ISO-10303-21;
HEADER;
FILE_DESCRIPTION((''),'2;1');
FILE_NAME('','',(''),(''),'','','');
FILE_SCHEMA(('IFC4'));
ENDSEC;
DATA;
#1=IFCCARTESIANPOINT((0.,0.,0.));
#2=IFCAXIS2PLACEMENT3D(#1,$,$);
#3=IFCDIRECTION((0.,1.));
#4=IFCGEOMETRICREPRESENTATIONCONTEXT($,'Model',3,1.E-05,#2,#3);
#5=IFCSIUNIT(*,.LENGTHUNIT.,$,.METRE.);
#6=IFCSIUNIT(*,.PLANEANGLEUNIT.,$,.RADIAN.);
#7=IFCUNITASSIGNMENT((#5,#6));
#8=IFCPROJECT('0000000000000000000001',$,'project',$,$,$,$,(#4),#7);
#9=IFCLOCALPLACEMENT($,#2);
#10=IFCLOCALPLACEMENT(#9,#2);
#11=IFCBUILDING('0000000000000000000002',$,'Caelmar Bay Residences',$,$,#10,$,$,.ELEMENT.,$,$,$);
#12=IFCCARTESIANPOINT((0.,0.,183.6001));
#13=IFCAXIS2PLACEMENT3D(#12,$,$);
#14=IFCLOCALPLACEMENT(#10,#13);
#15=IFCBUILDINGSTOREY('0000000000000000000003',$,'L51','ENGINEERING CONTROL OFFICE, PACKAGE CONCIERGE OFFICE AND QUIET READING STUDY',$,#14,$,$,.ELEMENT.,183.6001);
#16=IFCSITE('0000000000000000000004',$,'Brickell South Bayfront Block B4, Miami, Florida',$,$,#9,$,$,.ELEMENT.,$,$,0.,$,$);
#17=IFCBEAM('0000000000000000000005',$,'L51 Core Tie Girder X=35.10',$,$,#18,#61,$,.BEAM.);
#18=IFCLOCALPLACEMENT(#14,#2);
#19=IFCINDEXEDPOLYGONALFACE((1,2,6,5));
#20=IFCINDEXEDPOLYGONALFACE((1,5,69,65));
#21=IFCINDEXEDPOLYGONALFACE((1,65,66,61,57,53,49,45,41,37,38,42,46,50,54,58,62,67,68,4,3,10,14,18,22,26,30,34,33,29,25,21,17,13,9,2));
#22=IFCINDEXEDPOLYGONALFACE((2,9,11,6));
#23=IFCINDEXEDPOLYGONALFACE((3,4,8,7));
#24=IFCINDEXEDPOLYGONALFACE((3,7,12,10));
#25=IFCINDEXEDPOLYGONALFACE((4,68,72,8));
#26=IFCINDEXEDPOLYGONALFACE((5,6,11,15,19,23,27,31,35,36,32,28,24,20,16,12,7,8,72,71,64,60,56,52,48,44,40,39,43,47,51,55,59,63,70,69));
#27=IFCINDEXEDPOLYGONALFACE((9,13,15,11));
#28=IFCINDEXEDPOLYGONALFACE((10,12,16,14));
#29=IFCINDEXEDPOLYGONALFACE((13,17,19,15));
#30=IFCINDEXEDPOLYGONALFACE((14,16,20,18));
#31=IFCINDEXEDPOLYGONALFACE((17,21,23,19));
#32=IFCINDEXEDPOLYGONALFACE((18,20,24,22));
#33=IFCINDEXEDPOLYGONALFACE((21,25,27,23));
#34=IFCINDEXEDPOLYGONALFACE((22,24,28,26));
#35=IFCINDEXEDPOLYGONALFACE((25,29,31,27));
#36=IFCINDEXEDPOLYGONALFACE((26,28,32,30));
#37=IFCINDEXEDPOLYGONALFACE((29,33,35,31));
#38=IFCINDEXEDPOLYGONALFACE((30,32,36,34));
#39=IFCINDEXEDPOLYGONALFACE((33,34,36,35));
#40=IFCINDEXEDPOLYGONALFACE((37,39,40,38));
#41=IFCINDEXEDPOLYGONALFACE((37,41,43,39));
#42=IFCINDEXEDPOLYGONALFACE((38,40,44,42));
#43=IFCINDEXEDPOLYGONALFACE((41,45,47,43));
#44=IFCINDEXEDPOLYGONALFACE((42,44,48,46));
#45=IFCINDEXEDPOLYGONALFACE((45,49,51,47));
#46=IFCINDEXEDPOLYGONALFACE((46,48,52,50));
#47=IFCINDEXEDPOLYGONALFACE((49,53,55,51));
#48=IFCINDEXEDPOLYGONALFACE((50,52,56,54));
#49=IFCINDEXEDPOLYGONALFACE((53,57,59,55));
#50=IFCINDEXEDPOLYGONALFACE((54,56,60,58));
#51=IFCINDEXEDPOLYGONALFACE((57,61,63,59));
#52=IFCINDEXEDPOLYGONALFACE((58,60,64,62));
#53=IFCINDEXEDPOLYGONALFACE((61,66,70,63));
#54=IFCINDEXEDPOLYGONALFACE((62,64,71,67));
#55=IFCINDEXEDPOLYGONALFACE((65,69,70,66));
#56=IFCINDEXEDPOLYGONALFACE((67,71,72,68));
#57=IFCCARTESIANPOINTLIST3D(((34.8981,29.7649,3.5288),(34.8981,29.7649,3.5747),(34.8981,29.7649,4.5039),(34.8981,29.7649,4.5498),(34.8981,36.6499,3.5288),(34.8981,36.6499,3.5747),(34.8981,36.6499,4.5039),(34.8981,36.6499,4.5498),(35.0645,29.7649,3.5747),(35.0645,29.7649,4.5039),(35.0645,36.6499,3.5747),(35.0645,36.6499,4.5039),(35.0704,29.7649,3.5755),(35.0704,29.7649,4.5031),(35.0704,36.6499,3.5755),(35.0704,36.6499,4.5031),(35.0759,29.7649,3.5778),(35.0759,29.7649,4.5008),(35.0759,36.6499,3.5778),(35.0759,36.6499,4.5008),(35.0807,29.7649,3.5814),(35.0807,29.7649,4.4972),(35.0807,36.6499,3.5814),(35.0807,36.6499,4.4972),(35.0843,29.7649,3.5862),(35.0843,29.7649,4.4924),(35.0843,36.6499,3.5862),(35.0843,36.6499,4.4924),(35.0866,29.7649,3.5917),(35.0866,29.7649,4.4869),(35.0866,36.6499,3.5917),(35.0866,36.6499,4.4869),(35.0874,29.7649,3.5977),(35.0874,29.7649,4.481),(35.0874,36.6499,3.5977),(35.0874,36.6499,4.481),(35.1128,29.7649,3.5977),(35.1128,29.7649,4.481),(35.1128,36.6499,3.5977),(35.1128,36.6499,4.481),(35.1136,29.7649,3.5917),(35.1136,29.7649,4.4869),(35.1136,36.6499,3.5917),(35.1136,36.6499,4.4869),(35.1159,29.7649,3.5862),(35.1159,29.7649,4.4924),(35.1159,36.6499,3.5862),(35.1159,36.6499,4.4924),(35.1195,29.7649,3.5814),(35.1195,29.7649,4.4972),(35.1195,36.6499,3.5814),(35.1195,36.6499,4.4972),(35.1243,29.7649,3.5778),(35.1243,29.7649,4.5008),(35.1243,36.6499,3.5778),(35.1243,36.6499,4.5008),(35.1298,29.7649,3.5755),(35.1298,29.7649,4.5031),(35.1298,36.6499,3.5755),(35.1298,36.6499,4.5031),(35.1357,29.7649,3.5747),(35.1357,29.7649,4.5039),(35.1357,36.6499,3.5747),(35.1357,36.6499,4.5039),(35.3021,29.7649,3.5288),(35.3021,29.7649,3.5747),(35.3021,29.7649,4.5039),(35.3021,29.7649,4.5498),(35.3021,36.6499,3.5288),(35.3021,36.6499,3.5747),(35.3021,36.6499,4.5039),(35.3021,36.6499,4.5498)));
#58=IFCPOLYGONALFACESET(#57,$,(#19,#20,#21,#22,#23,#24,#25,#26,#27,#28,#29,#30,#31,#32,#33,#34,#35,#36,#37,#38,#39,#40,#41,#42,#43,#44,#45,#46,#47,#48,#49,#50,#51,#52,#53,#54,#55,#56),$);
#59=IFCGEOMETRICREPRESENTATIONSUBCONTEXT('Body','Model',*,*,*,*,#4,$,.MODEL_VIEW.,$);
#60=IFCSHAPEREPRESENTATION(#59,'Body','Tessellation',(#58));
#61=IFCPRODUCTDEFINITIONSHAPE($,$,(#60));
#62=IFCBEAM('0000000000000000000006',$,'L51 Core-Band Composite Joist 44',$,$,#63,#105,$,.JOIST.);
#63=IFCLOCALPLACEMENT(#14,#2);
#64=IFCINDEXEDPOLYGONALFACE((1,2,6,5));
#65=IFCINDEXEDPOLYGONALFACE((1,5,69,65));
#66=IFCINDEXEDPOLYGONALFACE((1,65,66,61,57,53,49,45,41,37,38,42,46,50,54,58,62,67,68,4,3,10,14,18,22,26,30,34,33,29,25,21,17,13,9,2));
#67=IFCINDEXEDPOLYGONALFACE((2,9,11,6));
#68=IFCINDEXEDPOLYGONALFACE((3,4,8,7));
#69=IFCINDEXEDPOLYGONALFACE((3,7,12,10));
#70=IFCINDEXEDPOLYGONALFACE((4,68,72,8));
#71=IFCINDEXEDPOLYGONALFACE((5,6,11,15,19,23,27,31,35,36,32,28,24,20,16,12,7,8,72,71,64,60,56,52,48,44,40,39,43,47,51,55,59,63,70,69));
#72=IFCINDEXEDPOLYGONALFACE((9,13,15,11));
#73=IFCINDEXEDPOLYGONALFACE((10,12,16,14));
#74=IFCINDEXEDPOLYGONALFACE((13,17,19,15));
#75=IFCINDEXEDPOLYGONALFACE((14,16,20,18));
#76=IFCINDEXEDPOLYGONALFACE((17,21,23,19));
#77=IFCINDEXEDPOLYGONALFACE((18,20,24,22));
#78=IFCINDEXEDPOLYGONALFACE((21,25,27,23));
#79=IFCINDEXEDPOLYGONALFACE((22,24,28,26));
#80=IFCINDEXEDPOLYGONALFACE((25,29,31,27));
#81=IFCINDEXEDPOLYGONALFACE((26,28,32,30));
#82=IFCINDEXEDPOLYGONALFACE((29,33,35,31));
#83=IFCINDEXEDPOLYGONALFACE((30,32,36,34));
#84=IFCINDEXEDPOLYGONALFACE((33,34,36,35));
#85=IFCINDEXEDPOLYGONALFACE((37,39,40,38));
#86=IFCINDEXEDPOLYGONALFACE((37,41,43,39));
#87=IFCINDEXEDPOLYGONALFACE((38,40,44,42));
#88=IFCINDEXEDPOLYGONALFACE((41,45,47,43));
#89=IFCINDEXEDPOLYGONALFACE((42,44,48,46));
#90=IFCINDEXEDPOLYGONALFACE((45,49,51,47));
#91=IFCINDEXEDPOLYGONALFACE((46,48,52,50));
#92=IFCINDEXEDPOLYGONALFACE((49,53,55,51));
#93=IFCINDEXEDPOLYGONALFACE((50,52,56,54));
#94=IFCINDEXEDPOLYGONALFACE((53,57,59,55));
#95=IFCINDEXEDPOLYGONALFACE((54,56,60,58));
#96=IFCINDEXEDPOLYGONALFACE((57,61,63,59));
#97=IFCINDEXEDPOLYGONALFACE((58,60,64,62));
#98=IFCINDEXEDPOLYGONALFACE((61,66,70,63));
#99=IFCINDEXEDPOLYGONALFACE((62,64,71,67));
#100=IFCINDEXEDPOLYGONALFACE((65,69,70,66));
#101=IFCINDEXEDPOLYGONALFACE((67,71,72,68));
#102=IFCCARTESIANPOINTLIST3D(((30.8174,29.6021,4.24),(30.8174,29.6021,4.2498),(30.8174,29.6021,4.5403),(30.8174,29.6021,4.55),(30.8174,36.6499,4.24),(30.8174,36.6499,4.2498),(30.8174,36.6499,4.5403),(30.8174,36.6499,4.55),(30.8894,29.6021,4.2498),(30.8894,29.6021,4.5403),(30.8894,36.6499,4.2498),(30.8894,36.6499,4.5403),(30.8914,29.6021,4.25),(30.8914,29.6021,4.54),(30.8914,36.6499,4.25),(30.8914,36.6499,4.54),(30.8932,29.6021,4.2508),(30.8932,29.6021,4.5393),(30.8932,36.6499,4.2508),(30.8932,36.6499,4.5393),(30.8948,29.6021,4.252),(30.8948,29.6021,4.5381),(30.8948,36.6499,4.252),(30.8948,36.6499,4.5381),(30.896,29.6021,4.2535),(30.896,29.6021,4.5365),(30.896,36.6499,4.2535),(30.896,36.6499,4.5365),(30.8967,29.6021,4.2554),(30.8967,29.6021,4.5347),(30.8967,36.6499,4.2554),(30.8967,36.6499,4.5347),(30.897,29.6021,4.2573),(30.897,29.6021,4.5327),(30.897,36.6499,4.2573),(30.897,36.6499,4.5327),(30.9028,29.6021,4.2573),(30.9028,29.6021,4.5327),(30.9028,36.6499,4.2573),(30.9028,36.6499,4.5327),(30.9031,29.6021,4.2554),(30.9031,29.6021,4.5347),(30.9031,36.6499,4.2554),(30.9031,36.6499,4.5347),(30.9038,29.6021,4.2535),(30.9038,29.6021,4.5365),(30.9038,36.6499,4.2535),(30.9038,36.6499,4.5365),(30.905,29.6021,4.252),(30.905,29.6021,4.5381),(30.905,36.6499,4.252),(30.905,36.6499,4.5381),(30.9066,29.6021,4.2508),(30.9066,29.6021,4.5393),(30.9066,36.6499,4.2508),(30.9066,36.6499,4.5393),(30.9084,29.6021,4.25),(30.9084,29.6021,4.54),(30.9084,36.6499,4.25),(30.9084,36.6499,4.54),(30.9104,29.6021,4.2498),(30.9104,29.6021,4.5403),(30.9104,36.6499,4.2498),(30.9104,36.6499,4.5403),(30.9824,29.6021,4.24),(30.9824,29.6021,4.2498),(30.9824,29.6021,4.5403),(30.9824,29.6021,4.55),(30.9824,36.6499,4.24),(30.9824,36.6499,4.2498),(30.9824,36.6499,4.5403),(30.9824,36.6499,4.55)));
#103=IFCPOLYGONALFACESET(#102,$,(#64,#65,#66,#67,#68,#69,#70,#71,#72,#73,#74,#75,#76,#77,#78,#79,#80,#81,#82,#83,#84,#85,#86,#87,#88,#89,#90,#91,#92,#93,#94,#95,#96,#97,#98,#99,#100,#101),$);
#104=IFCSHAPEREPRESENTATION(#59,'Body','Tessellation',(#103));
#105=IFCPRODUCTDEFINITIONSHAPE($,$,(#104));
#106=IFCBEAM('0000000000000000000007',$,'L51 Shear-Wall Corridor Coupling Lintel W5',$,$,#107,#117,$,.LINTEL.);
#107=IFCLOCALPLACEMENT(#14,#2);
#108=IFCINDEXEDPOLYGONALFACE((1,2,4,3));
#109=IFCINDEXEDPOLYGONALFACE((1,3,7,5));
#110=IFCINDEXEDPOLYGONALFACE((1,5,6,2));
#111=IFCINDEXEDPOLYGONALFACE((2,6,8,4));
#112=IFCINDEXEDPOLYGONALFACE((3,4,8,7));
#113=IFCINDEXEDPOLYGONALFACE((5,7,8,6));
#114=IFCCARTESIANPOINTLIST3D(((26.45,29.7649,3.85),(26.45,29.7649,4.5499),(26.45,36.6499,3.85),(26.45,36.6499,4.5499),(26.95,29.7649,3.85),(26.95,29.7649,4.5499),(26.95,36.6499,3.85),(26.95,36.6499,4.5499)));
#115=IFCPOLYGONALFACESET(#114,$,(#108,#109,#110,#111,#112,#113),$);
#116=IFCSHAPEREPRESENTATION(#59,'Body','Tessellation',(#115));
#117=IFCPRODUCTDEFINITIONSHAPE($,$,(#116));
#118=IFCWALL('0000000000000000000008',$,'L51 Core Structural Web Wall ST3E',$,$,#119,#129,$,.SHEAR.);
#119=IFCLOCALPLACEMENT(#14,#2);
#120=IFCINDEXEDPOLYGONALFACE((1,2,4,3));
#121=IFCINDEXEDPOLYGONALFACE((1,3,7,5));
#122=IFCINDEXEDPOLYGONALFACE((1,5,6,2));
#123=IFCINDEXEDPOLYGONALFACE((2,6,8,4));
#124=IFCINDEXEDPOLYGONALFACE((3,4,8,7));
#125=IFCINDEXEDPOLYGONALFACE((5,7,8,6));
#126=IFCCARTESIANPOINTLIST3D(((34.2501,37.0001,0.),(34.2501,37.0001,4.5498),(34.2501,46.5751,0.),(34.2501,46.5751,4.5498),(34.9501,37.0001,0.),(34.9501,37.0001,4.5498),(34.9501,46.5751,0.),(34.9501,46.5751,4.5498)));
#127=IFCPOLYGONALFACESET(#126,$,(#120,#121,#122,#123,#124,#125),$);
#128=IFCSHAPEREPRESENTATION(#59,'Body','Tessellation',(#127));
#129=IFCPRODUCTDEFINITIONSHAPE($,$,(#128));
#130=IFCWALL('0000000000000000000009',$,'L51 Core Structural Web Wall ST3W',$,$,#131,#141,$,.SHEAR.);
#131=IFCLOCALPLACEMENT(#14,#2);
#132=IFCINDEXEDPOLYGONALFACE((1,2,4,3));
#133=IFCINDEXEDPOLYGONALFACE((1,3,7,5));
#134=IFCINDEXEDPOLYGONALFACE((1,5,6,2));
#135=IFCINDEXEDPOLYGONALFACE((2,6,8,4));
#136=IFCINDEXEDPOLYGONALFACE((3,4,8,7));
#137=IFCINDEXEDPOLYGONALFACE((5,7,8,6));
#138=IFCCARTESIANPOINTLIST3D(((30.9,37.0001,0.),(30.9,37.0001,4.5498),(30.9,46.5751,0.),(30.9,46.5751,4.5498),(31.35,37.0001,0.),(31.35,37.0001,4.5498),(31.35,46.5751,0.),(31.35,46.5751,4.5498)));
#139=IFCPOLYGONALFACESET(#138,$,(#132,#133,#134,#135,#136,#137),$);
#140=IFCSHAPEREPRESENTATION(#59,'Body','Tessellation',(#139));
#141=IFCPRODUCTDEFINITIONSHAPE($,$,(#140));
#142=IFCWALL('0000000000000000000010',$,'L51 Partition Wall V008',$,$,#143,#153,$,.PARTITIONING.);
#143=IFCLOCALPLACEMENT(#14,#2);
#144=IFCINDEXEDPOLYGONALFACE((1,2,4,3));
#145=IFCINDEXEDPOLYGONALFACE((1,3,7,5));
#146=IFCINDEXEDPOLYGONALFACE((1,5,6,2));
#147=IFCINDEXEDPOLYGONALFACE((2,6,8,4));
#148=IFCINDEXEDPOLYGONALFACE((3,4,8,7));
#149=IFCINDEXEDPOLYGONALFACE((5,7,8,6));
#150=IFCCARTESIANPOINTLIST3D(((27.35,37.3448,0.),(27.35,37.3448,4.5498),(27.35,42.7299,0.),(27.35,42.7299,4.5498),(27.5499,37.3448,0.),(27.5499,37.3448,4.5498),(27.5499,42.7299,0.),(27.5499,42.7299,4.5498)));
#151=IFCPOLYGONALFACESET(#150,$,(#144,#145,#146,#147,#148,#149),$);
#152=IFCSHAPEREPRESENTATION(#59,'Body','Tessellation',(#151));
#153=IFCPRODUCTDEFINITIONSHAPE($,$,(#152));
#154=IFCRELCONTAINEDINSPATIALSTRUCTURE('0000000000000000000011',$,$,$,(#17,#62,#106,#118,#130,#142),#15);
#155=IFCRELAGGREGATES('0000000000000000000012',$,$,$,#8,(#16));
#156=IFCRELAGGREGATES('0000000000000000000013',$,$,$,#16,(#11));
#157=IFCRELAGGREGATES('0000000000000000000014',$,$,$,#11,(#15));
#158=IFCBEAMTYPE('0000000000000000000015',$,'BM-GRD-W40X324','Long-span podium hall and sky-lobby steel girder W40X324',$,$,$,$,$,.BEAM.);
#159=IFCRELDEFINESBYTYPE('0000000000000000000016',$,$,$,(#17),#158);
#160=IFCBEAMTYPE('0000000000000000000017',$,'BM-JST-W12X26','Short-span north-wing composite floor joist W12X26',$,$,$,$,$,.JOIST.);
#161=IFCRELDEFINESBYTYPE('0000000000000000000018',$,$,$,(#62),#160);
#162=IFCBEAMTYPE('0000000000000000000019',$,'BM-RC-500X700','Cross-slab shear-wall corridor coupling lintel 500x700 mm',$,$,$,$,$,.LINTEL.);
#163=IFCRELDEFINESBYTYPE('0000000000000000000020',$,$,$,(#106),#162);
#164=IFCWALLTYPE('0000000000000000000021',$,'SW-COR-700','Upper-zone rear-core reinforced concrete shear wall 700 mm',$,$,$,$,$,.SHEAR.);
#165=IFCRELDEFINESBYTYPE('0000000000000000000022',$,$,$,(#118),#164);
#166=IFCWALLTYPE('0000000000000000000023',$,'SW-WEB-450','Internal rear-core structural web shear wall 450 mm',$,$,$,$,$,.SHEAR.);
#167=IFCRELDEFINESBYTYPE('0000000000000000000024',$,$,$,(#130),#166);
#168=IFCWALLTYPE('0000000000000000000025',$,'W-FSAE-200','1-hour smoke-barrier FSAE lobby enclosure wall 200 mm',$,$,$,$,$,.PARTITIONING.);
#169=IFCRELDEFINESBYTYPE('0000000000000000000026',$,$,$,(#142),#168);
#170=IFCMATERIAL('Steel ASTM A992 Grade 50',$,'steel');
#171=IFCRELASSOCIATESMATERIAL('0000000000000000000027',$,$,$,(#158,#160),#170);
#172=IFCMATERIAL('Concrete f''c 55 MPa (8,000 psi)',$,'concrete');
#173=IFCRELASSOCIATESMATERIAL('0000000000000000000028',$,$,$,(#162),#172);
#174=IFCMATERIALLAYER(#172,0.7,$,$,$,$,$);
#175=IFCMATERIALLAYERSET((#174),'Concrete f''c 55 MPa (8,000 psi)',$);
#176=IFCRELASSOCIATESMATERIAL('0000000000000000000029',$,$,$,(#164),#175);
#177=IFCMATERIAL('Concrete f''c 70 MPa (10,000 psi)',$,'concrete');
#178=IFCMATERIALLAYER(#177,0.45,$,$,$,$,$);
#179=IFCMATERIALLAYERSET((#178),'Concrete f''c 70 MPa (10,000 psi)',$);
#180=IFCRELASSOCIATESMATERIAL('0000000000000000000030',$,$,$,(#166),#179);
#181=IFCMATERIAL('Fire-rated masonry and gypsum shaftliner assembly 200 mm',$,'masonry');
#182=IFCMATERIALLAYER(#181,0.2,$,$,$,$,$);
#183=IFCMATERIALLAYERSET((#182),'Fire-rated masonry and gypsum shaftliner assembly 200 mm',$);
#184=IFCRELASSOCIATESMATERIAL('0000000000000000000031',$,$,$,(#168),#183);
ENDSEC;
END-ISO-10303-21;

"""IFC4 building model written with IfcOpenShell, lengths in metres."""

from ifc_helpers import new_model, si_unit, direction, frame, frame_2d, origin, origin_2d, place, context, subcontext, project, spatial, rectangle, i_section, extrude, material, layer, layer_set, material_profile, profile_set, type_object, element, save


model = new_model("IFC4")

# Units and contexts
model_context = context("Model", 3, precision=1e-05, world=origin(), true_north=direction((0.0, 1.0)))
body_context = subcontext(model_context, "Body", "Model", "MODEL_VIEW")
ifc_project = project(units=[si_unit("LENGTHUNIT", "METRE"), si_unit("PLANEANGLEUNIT", "RADIAN")], contexts=[model_context])

# Site, building, storey
site_placement = place(None, origin())
site = spatial("IfcSite", under=ifc_project, at=site_placement, Name="Brickell South Bayfront Block B4, Miami, Florida", CompositionType="ELEMENT", RefElevation=0.0)
building_placement = place(site_placement, origin())
building = spatial("IfcBuilding", under=site, at=building_placement, Name="Caelmar Bay Residences", CompositionType="ELEMENT")
storey_placement = place(building_placement, frame((0.0, 0.0, 183.6001)))
storey = spatial("IfcBuildingStorey", under=building, at=storey_placement, Name="L51", Description="ENGINEERING CONTROL OFFICE, PACKAGE CONCIERGE OFFICE AND QUIET READING STUDY", CompositionType="ELEMENT", Elevation=183.6001)

# Beams
ifc_material_1 = material(Name="Steel ASTM A992 Grade 50", Category="steel")
ifc_material_profile_1 = material_profile(ifc_material_1, i_section(OverallWidth=0.4041, OverallDepth=1.021, WebThickness=0.0254, FlangeThickness=0.0459, FilletRadius=0.0229, at=origin_2d()), Name="W40X324")
ifc_profile_set_1 = profile_set([ifc_material_profile_1], Name="Steel ASTM A992 Grade 50")
beam_type_1 = type_object("IfcBeamType", Name="BM-GRD-W40X324", Description="Long-span podium hall and sky-lobby steel girder W40X324", PredefinedType="BEAM", material=ifc_profile_set_1)
beam_1_placement = place(storey_placement, frame((35.1001, 29.7649, 4.0393), z_axis=(0.0, 1.0, 0.0), x_axis=(-1.0, 0.0, 0.0)))
element("IfcBeam", 1, at=beam_1_placement, inside=storey, type_object=beam_type_1, Name="L51 Core Tie Girder X=35.10", PredefinedType="BEAM", context=body_context, shape_type="SweptSolid", body=[
    extrude(i_section(OverallWidth=0.4041, OverallDepth=1.021, WebThickness=0.0254, FlangeThickness=0.0459, FilletRadius=0.0229, at=origin_2d()), origin(), (0.0, 0.0, 1.0), 6.885),
])
ifc_material_profile_2 = material_profile(ifc_material_1, i_section(OverallWidth=0.165, OverallDepth=0.3101, WebThickness=0.0059, FlangeThickness=0.0098, FilletRadius=0.0076, at=origin_2d()), Name="W12X26")
ifc_profile_set_2 = profile_set([ifc_material_profile_2], Name="Steel ASTM A992 Grade 50")
beam_type_2 = type_object("IfcBeamType", Name="BM-JST-W12X26", Description="Short-span north-wing composite floor joist W12X26", PredefinedType="JOIST", material=ifc_profile_set_2)
beam_2_placement = place(storey_placement, frame((30.8999, 29.6021, 4.395), z_axis=(0.0, 1.0, 0.0), x_axis=(-1.0, 0.0, 0.0)))
element("IfcBeam", 2, at=beam_2_placement, inside=storey, type_object=beam_type_2, Name="L51 Core-Band Composite Joist 44", PredefinedType="JOIST", context=body_context, shape_type="SweptSolid", body=[
    extrude(i_section(OverallWidth=0.165, OverallDepth=0.3101, WebThickness=0.0059, FlangeThickness=0.0098, FilletRadius=0.0076, at=origin_2d()), origin(), (0.0, 0.0, 1.0), 7.0479),
])
ifc_material_2 = material(Name="Concrete f'c 55 MPa (8,000 psi)", Category="concrete")
ifc_material_profile_3 = material_profile(ifc_material_2, rectangle(XDim=0.5, YDim=0.7, at=origin_2d()), Name="RC-BM-500X700")
ifc_profile_set_3 = profile_set([ifc_material_profile_3], Name="Concrete f'c 55 MPa (8,000 psi)")
beam_type_3 = type_object("IfcBeamType", Name="BM-RC-500X700", Description="Cross-slab shear-wall corridor coupling lintel 500x700 mm", PredefinedType="LINTEL", material=ifc_profile_set_3)
beam_3_placement = place(storey_placement, frame((26.7, 29.7649, 4.2), z_axis=(0.0, 1.0, 0.0), x_axis=(-1.0, 0.0, 0.0)))
element("IfcBeam", 3, at=beam_3_placement, inside=storey, type_object=beam_type_3, Name="L51 Shear-Wall Corridor Coupling Lintel W5", PredefinedType="LINTEL", context=body_context, shape_type="SweptSolid", body=[
    extrude(rectangle(XDim=0.5, YDim=0.7, at=origin_2d()), origin(), (0.0, 0.0, 1.0), 6.885),
])

# Shared definitions
ifc_layer_1 = layer(ifc_material_2, 0.7)
ifc_layer_set_1 = layer_set([ifc_layer_1], Name="Concrete f'c 55 MPa (8,000 psi)")
wall_type_1 = type_object("IfcWallType", Name="SW-COR-700", Description="Upper-zone rear-core reinforced concrete shear wall 700 mm", PredefinedType="SHEAR", material=ifc_layer_set_1)

# Walls
wall_1_placement = place(storey_placement, frame((34.6001, 37.0, 0.0), z_axis=(0.0, 0.0, 1.0), x_axis=(0.0, 1.0, 0.0)))
element("IfcWall", 4, at=wall_1_placement, inside=storey, type_object=wall_type_1, Name="L51 Core Structural Web Wall ST3E", PredefinedType="SHEAR", context=body_context, shape_type="SweptSolid", body=[
    extrude(rectangle(XDim=9.575, YDim=0.7, at=frame_2d((4.7876, 0.0))), origin(), (0.0, 0.0, 1.0), 4.5498),
])
ifc_material_3 = material(Name="Concrete f'c 70 MPa (10,000 psi)", Category="concrete")
ifc_layer_2 = layer(ifc_material_3, 0.45)
ifc_layer_set_2 = layer_set([ifc_layer_2], Name="Concrete f'c 70 MPa (10,000 psi)")
wall_type_2 = type_object("IfcWallType", Name="SW-WEB-450", Description="Internal rear-core structural web shear wall 450 mm", PredefinedType="SHEAR", material=ifc_layer_set_2)
wall_2_placement = place(storey_placement, frame((31.125, 37.0, 0.0), z_axis=(0.0, 0.0, 1.0), x_axis=(0.0, 1.0, 0.0)))
element("IfcWall", 5, at=wall_2_placement, inside=storey, type_object=wall_type_2, Name="L51 Core Structural Web Wall ST3W", PredefinedType="SHEAR", context=body_context, shape_type="SweptSolid", body=[
    extrude(rectangle(XDim=9.575, YDim=0.45, at=frame_2d((4.7876, 0.0))), origin(), (0.0, 0.0, 1.0), 4.5498),
])
ifc_material_4 = material(Name="Fire-rated masonry and gypsum shaftliner assembly 200 mm", Category="masonry")
ifc_layer_3 = layer(ifc_material_4, 0.2)
ifc_layer_set_3 = layer_set([ifc_layer_3], Name="Fire-rated masonry and gypsum shaftliner assembly 200 mm")
wall_type_3 = type_object("IfcWallType", Name="W-FSAE-200", Description="1-hour smoke-barrier FSAE lobby enclosure wall 200 mm", PredefinedType="PARTITIONING", material=ifc_layer_set_3)
wall_3_placement = place(storey_placement, frame((27.45, 37.345, 0.0), z_axis=(0.0, 0.0, 1.0), x_axis=(0.0, 1.0, 0.0)))
element("IfcWall", 6, at=wall_3_placement, inside=storey, type_object=wall_type_3, Name="L51 Partition Wall V008", PredefinedType="PARTITIONING", context=body_context, shape_type="SweptSolid", body=[
    extrude(rectangle(XDim=5.385, YDim=0.2, at=frame_2d((2.6924, 0.0))), origin(), (0.0, 0.0, 1.0), 4.5498),
])

save(model, "model.ifc")
